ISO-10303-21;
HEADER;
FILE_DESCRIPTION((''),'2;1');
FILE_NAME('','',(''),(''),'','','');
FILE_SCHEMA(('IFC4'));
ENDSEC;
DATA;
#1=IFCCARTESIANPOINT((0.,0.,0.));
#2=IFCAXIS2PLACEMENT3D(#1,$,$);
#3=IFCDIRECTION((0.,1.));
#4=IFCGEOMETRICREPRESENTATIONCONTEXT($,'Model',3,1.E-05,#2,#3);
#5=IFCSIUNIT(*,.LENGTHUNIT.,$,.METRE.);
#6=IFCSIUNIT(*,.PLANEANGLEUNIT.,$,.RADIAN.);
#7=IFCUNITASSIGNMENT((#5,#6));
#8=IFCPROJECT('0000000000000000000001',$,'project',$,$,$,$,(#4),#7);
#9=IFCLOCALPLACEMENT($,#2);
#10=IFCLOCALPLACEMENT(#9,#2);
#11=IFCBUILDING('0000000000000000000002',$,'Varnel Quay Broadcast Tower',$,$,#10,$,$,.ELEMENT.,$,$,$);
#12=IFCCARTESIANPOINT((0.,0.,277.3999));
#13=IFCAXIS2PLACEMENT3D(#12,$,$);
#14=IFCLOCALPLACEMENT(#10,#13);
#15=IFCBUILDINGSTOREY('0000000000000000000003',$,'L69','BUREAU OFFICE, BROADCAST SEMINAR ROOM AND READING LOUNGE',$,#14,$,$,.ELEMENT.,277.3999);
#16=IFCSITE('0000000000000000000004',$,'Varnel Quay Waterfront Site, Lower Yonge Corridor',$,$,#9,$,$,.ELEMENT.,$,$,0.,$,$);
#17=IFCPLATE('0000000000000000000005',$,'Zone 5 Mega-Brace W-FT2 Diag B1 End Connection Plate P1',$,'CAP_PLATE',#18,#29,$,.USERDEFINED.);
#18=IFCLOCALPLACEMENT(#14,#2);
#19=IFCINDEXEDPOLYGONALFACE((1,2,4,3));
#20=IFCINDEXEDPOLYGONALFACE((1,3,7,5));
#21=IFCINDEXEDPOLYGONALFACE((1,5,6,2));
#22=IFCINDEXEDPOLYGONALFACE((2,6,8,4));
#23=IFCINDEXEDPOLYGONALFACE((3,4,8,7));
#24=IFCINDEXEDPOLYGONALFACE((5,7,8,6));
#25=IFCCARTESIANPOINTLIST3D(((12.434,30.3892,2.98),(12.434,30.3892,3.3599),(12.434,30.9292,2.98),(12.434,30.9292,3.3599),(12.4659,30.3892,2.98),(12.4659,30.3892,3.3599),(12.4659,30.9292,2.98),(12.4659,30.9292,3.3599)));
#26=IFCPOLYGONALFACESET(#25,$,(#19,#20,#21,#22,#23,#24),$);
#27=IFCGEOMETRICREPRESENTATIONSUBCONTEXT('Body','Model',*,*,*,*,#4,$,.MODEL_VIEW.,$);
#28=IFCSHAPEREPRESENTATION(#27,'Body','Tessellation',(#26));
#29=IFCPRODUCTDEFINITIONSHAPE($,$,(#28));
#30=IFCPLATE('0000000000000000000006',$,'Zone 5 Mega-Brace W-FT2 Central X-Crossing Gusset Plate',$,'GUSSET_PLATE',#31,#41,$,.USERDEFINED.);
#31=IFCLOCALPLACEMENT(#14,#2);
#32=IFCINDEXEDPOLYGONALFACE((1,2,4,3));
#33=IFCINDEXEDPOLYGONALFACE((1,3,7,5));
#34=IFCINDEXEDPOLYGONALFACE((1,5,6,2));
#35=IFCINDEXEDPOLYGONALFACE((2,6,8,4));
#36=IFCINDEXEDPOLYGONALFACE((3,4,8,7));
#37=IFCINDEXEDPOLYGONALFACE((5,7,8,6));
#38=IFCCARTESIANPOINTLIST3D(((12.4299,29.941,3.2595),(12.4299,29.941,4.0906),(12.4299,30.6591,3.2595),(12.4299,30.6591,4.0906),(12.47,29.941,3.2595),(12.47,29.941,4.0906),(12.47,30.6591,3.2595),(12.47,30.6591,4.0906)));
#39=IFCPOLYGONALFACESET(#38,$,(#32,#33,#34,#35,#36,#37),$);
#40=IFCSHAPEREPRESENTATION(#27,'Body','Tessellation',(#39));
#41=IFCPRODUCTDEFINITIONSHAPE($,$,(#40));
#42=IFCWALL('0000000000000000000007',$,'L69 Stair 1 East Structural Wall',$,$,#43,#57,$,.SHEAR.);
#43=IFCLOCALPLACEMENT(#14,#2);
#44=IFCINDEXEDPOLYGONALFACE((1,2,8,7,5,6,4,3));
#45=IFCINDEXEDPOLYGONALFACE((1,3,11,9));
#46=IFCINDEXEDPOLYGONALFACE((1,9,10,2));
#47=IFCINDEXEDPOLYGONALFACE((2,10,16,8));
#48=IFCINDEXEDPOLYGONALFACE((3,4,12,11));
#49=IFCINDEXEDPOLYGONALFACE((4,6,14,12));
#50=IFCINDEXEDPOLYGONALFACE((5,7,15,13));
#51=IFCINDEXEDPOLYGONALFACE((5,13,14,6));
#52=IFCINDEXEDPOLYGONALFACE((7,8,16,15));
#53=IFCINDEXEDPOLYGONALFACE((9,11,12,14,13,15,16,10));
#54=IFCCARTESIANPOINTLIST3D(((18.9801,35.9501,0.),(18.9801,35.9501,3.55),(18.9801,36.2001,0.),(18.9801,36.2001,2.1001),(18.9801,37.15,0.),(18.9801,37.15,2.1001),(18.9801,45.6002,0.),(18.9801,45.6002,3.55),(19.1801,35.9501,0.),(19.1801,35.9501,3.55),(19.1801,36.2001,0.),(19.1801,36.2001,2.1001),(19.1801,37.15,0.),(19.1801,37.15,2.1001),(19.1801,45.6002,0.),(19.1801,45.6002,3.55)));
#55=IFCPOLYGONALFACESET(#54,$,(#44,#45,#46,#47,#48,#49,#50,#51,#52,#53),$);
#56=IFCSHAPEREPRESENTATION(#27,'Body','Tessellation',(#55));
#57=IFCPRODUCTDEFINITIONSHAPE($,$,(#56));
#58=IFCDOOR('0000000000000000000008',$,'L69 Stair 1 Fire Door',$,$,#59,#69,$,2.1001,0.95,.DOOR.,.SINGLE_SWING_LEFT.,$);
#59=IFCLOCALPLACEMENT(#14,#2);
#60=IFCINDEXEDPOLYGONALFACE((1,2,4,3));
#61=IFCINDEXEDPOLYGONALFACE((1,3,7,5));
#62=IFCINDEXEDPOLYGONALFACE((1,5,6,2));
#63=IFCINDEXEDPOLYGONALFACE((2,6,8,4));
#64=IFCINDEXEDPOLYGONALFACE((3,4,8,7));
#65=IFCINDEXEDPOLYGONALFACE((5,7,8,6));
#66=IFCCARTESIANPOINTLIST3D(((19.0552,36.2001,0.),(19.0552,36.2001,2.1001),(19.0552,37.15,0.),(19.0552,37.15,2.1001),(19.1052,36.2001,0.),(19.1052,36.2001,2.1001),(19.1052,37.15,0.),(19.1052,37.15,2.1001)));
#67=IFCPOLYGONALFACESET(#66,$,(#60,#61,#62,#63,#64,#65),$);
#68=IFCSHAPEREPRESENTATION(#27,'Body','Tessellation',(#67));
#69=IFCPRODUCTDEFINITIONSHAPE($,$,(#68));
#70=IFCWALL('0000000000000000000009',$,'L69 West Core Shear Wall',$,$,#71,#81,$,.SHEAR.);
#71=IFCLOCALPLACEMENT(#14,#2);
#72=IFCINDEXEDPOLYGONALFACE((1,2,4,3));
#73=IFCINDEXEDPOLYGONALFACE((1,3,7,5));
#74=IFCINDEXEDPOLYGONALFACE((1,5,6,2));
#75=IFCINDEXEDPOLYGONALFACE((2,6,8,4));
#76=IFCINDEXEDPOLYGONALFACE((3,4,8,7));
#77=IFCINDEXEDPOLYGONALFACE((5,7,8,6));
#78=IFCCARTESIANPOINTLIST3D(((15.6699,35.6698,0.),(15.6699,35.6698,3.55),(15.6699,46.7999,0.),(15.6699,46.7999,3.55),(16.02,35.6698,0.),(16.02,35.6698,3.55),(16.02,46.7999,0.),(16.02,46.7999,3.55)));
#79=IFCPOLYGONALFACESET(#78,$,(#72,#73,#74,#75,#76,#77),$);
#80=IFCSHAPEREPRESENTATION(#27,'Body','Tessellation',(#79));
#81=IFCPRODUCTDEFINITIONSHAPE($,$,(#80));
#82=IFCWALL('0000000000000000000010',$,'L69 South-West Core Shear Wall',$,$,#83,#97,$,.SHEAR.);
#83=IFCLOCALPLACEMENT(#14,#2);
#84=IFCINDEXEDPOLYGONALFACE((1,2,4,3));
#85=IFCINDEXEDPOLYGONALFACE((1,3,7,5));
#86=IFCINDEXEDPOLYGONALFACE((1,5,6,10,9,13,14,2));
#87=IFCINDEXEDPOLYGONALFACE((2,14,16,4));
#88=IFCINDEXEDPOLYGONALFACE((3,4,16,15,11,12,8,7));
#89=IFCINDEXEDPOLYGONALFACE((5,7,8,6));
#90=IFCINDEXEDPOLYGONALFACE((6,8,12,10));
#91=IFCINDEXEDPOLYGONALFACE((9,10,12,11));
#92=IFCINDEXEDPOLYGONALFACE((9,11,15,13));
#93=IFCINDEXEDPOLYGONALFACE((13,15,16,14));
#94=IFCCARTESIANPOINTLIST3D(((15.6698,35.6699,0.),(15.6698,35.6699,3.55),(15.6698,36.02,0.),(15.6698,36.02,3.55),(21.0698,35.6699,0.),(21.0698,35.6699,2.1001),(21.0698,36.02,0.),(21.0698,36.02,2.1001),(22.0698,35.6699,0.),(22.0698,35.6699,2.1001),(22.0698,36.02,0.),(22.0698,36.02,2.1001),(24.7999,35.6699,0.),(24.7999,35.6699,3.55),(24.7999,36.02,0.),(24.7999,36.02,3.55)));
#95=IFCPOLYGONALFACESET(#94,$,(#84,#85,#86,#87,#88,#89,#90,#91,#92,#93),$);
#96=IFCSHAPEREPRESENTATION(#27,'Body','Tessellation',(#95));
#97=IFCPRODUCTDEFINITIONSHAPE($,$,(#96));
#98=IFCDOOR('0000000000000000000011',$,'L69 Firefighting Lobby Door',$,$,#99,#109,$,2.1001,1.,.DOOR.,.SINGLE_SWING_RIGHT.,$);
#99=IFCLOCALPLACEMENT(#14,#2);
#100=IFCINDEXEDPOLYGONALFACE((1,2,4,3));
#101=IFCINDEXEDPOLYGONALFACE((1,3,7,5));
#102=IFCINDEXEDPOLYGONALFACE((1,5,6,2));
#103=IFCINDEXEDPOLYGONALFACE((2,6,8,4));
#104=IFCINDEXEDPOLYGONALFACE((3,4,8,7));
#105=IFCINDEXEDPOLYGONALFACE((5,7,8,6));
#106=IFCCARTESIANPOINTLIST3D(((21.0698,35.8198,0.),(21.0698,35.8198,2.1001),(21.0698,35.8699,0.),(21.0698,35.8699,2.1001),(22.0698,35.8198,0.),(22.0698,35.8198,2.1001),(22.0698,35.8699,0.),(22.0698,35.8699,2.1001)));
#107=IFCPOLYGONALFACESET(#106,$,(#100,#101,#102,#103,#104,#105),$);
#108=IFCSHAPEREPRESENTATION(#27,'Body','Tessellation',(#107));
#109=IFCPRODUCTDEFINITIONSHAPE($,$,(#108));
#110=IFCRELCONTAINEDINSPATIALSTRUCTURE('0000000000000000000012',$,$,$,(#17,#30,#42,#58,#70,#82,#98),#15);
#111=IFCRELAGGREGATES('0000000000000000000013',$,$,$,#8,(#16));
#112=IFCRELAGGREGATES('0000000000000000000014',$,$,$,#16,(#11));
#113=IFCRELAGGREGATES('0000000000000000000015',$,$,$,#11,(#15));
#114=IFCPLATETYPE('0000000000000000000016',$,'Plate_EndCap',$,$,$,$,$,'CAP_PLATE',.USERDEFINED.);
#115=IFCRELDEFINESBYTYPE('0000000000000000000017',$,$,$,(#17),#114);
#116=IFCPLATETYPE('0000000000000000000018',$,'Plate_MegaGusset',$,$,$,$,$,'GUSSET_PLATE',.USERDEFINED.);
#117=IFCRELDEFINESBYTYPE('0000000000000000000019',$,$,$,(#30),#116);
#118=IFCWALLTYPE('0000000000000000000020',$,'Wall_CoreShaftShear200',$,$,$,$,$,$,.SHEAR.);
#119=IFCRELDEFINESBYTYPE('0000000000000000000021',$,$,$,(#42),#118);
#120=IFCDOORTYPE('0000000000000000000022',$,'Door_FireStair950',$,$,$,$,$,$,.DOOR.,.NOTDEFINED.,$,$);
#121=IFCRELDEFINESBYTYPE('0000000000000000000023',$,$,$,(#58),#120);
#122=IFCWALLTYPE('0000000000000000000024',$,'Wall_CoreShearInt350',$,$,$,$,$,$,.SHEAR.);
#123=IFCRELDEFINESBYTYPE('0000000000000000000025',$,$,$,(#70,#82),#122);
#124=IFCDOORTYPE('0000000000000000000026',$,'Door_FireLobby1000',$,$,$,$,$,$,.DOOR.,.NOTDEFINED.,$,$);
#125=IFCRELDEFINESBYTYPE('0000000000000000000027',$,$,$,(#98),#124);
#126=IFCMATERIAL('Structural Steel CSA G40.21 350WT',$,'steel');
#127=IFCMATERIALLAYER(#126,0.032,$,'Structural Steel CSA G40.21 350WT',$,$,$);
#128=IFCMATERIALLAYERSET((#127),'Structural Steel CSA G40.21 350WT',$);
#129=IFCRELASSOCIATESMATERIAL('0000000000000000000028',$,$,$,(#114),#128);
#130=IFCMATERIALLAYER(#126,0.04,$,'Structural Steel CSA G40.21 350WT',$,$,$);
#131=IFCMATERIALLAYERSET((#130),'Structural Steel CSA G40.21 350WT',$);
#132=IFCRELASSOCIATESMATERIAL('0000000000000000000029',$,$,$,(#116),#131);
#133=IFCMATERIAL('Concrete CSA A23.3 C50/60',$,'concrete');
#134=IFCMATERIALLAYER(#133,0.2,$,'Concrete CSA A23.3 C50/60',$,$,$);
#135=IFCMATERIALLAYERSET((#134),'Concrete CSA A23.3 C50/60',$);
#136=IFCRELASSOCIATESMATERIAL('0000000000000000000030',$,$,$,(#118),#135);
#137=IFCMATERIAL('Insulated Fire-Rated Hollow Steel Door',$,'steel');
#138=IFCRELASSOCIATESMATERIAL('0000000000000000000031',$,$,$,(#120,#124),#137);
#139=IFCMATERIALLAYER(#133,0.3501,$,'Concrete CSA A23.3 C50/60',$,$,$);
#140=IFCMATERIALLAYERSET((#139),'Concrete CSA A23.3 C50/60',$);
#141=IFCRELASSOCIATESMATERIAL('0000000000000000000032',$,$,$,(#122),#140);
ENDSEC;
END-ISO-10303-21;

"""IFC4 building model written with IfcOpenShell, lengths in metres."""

from ifc_helpers import new_model, si_unit, direction, frame, frame_2d, origin, origin_2d, place, context, subcontext, project, spatial, rectangle, extrude, source, transform, mapped, material, layer, layer_set, type_object, type_shapes, element, fill, save


model = new_model("IFC4")

# Units and contexts
model_context = context("Model", 3, precision=1e-05, world=origin(), true_north=direction((0.0, 1.0)))
body_context = subcontext(model_context, "Body", "Model", "MODEL_VIEW")
ifc_project = project(units=[si_unit("LENGTHUNIT", "METRE"), si_unit("PLANEANGLEUNIT", "RADIAN")], contexts=[model_context])

# Site, building, storey
site_placement = place(None, origin())
site = spatial("IfcSite", under=ifc_project, at=site_placement, Name="Varnel Quay Waterfront Site, Lower Yonge Corridor", CompositionType="ELEMENT", RefElevation=0.0)
building_placement = place(site_placement, origin())
building = spatial("IfcBuilding", under=site, at=building_placement, Name="Varnel Quay Broadcast Tower", CompositionType="ELEMENT")
storey_placement = place(building_placement, frame((0.0, 0.0, 277.3999)))
storey = spatial("IfcBuildingStorey", under=building, at=storey_placement, Name="L69", Description="BUREAU OFFICE, BROADCAST SEMINAR ROOM AND READING LOUNGE", CompositionType="ELEMENT", Elevation=277.3999)

# Shared definitions
ifc_material_1 = material(Name="Structural Steel CSA G40.21 350WT", Category="steel")

# Shared definitions
ifc_material_2 = material(Name="Concrete CSA A23.3 C50/60", Category="concrete")

# Plates
ifc_layer_1 = layer(ifc_material_1, 0.032, Name="Structural Steel CSA G40.21 350WT")
ifc_layer_set_1 = layer_set([ifc_layer_1], Name="Structural Steel CSA G40.21 350WT")
plate_type_1 = type_object("IfcPlateType", Name="Plate_EndCap", ElementType="CAP_PLATE", PredefinedType="USERDEFINED", material=ifc_layer_set_1)
shared_shape_1 = source(origin(), body_context, "Body", "SweptSolid", [
    extrude(rectangle(XDim=0.54, YDim=0.032, at=origin_2d()), origin(), (0.0, 0.0, 1.0), 0.3799),
])
type_shapes(plate_type_1, [shared_shape_1])
plate_1_placement = place(storey_placement, frame((12.45, 30.6592, 2.98), z_axis=(0.0, 0.0, 1.0), x_axis=(0.0, 1.0, 0.0)))
element("IfcPlate", 1, at=plate_1_placement, inside=storey, type_object=plate_type_1, Name="Zone 5 Mega-Brace W-FT2 Diag B1 End Connection Plate P1", ObjectType="CAP_PLATE", PredefinedType="USERDEFINED", context=body_context, shape_type="MappedRepresentation", body=[
    mapped(shared_shape_1, transform((0.0, 0.0, 0.0), x_axis=(1.0, 0.0, 0.0), y_axis=(0.0, 1.0, 0.0), z_axis=(0.0, 0.0, 1.0), scale=1.0)),
])
ifc_layer_2 = layer(ifc_material_1, 0.04, Name="Structural Steel CSA G40.21 350WT")
ifc_layer_set_2 = layer_set([ifc_layer_2], Name="Structural Steel CSA G40.21 350WT")
plate_type_2 = type_object("IfcPlateType", Name="Plate_MegaGusset", ElementType="GUSSET_PLATE", PredefinedType="USERDEFINED", material=ifc_layer_set_2)
shared_shape_2 = source(origin(), body_context, "Body", "SweptSolid", [
    extrude(rectangle(XDim=0.718, YDim=0.04, at=origin_2d()), origin(), (0.0, 0.0, 1.0), 0.8311),
])
type_shapes(plate_type_2, [shared_shape_2])
plate_2_placement = place(storey_placement, frame((12.45, 30.3, 3.2595), z_axis=(0.0, 0.0, 1.0), x_axis=(0.0, 1.0, 0.0)))
element("IfcPlate", 2, at=plate_2_placement, inside=storey, type_object=plate_type_2, Name="Zone 5 Mega-Brace W-FT2 Central X-Crossing Gusset Plate", ObjectType="GUSSET_PLATE", PredefinedType="USERDEFINED", context=body_context, shape_type="MappedRepresentation", body=[
    mapped(shared_shape_2, transform((0.0, 0.0, 0.0), x_axis=(1.0, 0.0, 0.0), y_axis=(0.0, 1.0, 0.0), z_axis=(0.0, 0.0, 1.0), scale=1.0)),
])

# Wall, opening, door
ifc_layer_3 = layer(ifc_material_2, 0.2, Name="Concrete CSA A23.3 C50/60")
ifc_layer_set_3 = layer_set([ifc_layer_3], Name="Concrete CSA A23.3 C50/60")
wall_type_1 = type_object("IfcWallType", Name="Wall_CoreShaftShear200", PredefinedType="SHEAR", material=ifc_layer_set_3)
wall_1_placement = place(storey_placement, frame((19.0801, 35.95, 0.0), z_axis=(0.0, 0.0, 1.0), x_axis=(0.0, 1.0, 0.0)))
wall_1 = element("IfcWall", 3, at=wall_1_placement, inside=storey, type_object=wall_type_1, Name="L69 Stair 1 East Structural Wall", PredefinedType="SHEAR", context=body_context, shape_type="SweptSolid", body=[
    extrude(rectangle(XDim=9.6501, YDim=0.2, at=frame_2d((4.8252, 0.0))), origin(), (0.0, 0.0, 1.0), 3.55),
])
opening_1_placement = place(wall_1_placement, frame((0.25, 0.0, 0.0)))
opening_1 = element("IfcOpeningElement", 4, at=opening_1_placement, cuts=wall_1, PredefinedType="OPENING", context=body_context, shape_type="SweptSolid", body=[
    extrude(rectangle(XDim=0.95, YDim=2.1001, at=frame_2d((0.4751, 1.05))), frame((0.0, 0.1099, 0.0), z_axis=(0.0, -1.0, 0.0), x_axis=(1.0, 0.0, 0.0)), (0.0, 0.0, 1.0), 0.22),
])
ifc_material_3 = material(Name="Insulated Fire-Rated Hollow Steel Door", Category="steel")
door_type_1 = type_object("IfcDoorType", Name="Door_FireStair950", OperationType="NOTDEFINED", PredefinedType="DOOR", material=ifc_material_3)
shared_shape_3 = source(origin(), body_context, "Body", "SweptSolid", [
    extrude(rectangle(XDim=0.95, YDim=2.1001, at=frame_2d((0.4751, 1.05))), frame((0.0, 0.0249, 0.0), z_axis=(0.0, -1.0, 0.0), x_axis=(1.0, 0.0, 0.0)), (0.0, 0.0, 1.0), 0.05),
])
type_shapes(door_type_1, [shared_shape_3])
door_1_placement = place(opening_1_placement, origin())
door_1 = element("IfcDoor", 5, at=door_1_placement, inside=storey, type_object=door_type_1, Name="L69 Stair 1 Fire Door", OperationType="SINGLE_SWING_LEFT", OverallHeight=2.1001, OverallWidth=0.95, PredefinedType="DOOR", context=body_context, shape_type="MappedRepresentation", body=[
    mapped(shared_shape_3, transform((0.0, 0.0, 0.0), x_axis=(1.0, 0.0, 0.0), y_axis=(0.0, 1.0, 0.0), z_axis=(0.0, 0.0, 1.0), scale=1.0)),
])
fill(opening_1, door_1)

# Wall
ifc_layer_4 = layer(ifc_material_2, 0.3501, Name="Concrete CSA A23.3 C50/60")
ifc_layer_set_4 = layer_set([ifc_layer_4], Name="Concrete CSA A23.3 C50/60")
wall_type_2 = type_object("IfcWallType", Name="Wall_CoreShearInt350", PredefinedType="SHEAR", material=ifc_layer_set_4)
wall_2_placement = place(storey_placement, frame((15.845, 35.6699, 0.0), z_axis=(0.0, 0.0, 1.0), x_axis=(0.0, 1.0, 0.0)))
element("IfcWall", 6, at=wall_2_placement, inside=storey, type_object=wall_type_2, Name="L69 West Core Shear Wall", PredefinedType="SHEAR", context=body_context, shape_type="SweptSolid", body=[
    extrude(rectangle(XDim=11.1301, YDim=0.3501, at=frame_2d((5.5649, 0.0))), origin(), (0.0, 0.0, 1.0), 3.55),
])

# Wall, opening, door
wall_3_placement = place(storey_placement, frame((15.6699, 35.845, 0.0), z_axis=(0.0, 0.0, 1.0), x_axis=(1.0, 0.0, 0.0)))
wall_3 = element("IfcWall", 7, at=wall_3_placement, inside=storey, type_object=wall_type_2, Name="L69 South-West Core Shear Wall", PredefinedType="SHEAR", context=body_context, shape_type="SweptSolid", body=[
    extrude(rectangle(XDim=9.1301, YDim=0.3501, at=frame_2d((4.5649, 0.0))), origin(), (0.0, 0.0, 1.0), 3.55),
])
opening_2_placement = place(wall_3_placement, frame((5.3999, 0.0, 0.0)))
opening_2 = element("IfcOpeningElement", 8, at=opening_2_placement, cuts=wall_3, PredefinedType="OPENING", context=body_context, shape_type="SweptSolid", body=[
    extrude(rectangle(XDim=1.0, YDim=2.1001, at=frame_2d((0.5, 1.05))), frame((0.0, 0.1851, 0.0), z_axis=(0.0, -1.0, 0.0), x_axis=(1.0, 0.0, 0.0)), (0.0, 0.0, 1.0), 0.3701),
])
door_type_2 = type_object("IfcDoorType", Name="Door_FireLobby1000", OperationType="NOTDEFINED", PredefinedType="DOOR", material=ifc_material_3)
shared_shape_4 = source(origin(), body_context, "Body", "SweptSolid", [
    extrude(rectangle(XDim=1.0, YDim=2.1001, at=frame_2d((0.5, 1.05))), frame((0.0, 0.0249, 0.0), z_axis=(0.0, -1.0, 0.0), x_axis=(1.0, 0.0, 0.0)), (0.0, 0.0, 1.0), 0.05),
])
type_shapes(door_type_2, [shared_shape_4])
door_2_placement = place(opening_2_placement, origin())
door_2 = element("IfcDoor", 9, at=door_2_placement, inside=storey, type_object=door_type_2, Name="L69 Firefighting Lobby Door", OperationType="SINGLE_SWING_RIGHT", OverallHeight=2.1001, OverallWidth=1.0, PredefinedType="DOOR", context=body_context, shape_type="MappedRepresentation", body=[
    mapped(shared_shape_4, transform((0.0, 0.0, 0.0), x_axis=(1.0, 0.0, 0.0), y_axis=(0.0, 1.0, 0.0), z_axis=(0.0, 0.0, 1.0), scale=1.0)),
])
fill(opening_2, door_2)

save(model, "model.ifc")
